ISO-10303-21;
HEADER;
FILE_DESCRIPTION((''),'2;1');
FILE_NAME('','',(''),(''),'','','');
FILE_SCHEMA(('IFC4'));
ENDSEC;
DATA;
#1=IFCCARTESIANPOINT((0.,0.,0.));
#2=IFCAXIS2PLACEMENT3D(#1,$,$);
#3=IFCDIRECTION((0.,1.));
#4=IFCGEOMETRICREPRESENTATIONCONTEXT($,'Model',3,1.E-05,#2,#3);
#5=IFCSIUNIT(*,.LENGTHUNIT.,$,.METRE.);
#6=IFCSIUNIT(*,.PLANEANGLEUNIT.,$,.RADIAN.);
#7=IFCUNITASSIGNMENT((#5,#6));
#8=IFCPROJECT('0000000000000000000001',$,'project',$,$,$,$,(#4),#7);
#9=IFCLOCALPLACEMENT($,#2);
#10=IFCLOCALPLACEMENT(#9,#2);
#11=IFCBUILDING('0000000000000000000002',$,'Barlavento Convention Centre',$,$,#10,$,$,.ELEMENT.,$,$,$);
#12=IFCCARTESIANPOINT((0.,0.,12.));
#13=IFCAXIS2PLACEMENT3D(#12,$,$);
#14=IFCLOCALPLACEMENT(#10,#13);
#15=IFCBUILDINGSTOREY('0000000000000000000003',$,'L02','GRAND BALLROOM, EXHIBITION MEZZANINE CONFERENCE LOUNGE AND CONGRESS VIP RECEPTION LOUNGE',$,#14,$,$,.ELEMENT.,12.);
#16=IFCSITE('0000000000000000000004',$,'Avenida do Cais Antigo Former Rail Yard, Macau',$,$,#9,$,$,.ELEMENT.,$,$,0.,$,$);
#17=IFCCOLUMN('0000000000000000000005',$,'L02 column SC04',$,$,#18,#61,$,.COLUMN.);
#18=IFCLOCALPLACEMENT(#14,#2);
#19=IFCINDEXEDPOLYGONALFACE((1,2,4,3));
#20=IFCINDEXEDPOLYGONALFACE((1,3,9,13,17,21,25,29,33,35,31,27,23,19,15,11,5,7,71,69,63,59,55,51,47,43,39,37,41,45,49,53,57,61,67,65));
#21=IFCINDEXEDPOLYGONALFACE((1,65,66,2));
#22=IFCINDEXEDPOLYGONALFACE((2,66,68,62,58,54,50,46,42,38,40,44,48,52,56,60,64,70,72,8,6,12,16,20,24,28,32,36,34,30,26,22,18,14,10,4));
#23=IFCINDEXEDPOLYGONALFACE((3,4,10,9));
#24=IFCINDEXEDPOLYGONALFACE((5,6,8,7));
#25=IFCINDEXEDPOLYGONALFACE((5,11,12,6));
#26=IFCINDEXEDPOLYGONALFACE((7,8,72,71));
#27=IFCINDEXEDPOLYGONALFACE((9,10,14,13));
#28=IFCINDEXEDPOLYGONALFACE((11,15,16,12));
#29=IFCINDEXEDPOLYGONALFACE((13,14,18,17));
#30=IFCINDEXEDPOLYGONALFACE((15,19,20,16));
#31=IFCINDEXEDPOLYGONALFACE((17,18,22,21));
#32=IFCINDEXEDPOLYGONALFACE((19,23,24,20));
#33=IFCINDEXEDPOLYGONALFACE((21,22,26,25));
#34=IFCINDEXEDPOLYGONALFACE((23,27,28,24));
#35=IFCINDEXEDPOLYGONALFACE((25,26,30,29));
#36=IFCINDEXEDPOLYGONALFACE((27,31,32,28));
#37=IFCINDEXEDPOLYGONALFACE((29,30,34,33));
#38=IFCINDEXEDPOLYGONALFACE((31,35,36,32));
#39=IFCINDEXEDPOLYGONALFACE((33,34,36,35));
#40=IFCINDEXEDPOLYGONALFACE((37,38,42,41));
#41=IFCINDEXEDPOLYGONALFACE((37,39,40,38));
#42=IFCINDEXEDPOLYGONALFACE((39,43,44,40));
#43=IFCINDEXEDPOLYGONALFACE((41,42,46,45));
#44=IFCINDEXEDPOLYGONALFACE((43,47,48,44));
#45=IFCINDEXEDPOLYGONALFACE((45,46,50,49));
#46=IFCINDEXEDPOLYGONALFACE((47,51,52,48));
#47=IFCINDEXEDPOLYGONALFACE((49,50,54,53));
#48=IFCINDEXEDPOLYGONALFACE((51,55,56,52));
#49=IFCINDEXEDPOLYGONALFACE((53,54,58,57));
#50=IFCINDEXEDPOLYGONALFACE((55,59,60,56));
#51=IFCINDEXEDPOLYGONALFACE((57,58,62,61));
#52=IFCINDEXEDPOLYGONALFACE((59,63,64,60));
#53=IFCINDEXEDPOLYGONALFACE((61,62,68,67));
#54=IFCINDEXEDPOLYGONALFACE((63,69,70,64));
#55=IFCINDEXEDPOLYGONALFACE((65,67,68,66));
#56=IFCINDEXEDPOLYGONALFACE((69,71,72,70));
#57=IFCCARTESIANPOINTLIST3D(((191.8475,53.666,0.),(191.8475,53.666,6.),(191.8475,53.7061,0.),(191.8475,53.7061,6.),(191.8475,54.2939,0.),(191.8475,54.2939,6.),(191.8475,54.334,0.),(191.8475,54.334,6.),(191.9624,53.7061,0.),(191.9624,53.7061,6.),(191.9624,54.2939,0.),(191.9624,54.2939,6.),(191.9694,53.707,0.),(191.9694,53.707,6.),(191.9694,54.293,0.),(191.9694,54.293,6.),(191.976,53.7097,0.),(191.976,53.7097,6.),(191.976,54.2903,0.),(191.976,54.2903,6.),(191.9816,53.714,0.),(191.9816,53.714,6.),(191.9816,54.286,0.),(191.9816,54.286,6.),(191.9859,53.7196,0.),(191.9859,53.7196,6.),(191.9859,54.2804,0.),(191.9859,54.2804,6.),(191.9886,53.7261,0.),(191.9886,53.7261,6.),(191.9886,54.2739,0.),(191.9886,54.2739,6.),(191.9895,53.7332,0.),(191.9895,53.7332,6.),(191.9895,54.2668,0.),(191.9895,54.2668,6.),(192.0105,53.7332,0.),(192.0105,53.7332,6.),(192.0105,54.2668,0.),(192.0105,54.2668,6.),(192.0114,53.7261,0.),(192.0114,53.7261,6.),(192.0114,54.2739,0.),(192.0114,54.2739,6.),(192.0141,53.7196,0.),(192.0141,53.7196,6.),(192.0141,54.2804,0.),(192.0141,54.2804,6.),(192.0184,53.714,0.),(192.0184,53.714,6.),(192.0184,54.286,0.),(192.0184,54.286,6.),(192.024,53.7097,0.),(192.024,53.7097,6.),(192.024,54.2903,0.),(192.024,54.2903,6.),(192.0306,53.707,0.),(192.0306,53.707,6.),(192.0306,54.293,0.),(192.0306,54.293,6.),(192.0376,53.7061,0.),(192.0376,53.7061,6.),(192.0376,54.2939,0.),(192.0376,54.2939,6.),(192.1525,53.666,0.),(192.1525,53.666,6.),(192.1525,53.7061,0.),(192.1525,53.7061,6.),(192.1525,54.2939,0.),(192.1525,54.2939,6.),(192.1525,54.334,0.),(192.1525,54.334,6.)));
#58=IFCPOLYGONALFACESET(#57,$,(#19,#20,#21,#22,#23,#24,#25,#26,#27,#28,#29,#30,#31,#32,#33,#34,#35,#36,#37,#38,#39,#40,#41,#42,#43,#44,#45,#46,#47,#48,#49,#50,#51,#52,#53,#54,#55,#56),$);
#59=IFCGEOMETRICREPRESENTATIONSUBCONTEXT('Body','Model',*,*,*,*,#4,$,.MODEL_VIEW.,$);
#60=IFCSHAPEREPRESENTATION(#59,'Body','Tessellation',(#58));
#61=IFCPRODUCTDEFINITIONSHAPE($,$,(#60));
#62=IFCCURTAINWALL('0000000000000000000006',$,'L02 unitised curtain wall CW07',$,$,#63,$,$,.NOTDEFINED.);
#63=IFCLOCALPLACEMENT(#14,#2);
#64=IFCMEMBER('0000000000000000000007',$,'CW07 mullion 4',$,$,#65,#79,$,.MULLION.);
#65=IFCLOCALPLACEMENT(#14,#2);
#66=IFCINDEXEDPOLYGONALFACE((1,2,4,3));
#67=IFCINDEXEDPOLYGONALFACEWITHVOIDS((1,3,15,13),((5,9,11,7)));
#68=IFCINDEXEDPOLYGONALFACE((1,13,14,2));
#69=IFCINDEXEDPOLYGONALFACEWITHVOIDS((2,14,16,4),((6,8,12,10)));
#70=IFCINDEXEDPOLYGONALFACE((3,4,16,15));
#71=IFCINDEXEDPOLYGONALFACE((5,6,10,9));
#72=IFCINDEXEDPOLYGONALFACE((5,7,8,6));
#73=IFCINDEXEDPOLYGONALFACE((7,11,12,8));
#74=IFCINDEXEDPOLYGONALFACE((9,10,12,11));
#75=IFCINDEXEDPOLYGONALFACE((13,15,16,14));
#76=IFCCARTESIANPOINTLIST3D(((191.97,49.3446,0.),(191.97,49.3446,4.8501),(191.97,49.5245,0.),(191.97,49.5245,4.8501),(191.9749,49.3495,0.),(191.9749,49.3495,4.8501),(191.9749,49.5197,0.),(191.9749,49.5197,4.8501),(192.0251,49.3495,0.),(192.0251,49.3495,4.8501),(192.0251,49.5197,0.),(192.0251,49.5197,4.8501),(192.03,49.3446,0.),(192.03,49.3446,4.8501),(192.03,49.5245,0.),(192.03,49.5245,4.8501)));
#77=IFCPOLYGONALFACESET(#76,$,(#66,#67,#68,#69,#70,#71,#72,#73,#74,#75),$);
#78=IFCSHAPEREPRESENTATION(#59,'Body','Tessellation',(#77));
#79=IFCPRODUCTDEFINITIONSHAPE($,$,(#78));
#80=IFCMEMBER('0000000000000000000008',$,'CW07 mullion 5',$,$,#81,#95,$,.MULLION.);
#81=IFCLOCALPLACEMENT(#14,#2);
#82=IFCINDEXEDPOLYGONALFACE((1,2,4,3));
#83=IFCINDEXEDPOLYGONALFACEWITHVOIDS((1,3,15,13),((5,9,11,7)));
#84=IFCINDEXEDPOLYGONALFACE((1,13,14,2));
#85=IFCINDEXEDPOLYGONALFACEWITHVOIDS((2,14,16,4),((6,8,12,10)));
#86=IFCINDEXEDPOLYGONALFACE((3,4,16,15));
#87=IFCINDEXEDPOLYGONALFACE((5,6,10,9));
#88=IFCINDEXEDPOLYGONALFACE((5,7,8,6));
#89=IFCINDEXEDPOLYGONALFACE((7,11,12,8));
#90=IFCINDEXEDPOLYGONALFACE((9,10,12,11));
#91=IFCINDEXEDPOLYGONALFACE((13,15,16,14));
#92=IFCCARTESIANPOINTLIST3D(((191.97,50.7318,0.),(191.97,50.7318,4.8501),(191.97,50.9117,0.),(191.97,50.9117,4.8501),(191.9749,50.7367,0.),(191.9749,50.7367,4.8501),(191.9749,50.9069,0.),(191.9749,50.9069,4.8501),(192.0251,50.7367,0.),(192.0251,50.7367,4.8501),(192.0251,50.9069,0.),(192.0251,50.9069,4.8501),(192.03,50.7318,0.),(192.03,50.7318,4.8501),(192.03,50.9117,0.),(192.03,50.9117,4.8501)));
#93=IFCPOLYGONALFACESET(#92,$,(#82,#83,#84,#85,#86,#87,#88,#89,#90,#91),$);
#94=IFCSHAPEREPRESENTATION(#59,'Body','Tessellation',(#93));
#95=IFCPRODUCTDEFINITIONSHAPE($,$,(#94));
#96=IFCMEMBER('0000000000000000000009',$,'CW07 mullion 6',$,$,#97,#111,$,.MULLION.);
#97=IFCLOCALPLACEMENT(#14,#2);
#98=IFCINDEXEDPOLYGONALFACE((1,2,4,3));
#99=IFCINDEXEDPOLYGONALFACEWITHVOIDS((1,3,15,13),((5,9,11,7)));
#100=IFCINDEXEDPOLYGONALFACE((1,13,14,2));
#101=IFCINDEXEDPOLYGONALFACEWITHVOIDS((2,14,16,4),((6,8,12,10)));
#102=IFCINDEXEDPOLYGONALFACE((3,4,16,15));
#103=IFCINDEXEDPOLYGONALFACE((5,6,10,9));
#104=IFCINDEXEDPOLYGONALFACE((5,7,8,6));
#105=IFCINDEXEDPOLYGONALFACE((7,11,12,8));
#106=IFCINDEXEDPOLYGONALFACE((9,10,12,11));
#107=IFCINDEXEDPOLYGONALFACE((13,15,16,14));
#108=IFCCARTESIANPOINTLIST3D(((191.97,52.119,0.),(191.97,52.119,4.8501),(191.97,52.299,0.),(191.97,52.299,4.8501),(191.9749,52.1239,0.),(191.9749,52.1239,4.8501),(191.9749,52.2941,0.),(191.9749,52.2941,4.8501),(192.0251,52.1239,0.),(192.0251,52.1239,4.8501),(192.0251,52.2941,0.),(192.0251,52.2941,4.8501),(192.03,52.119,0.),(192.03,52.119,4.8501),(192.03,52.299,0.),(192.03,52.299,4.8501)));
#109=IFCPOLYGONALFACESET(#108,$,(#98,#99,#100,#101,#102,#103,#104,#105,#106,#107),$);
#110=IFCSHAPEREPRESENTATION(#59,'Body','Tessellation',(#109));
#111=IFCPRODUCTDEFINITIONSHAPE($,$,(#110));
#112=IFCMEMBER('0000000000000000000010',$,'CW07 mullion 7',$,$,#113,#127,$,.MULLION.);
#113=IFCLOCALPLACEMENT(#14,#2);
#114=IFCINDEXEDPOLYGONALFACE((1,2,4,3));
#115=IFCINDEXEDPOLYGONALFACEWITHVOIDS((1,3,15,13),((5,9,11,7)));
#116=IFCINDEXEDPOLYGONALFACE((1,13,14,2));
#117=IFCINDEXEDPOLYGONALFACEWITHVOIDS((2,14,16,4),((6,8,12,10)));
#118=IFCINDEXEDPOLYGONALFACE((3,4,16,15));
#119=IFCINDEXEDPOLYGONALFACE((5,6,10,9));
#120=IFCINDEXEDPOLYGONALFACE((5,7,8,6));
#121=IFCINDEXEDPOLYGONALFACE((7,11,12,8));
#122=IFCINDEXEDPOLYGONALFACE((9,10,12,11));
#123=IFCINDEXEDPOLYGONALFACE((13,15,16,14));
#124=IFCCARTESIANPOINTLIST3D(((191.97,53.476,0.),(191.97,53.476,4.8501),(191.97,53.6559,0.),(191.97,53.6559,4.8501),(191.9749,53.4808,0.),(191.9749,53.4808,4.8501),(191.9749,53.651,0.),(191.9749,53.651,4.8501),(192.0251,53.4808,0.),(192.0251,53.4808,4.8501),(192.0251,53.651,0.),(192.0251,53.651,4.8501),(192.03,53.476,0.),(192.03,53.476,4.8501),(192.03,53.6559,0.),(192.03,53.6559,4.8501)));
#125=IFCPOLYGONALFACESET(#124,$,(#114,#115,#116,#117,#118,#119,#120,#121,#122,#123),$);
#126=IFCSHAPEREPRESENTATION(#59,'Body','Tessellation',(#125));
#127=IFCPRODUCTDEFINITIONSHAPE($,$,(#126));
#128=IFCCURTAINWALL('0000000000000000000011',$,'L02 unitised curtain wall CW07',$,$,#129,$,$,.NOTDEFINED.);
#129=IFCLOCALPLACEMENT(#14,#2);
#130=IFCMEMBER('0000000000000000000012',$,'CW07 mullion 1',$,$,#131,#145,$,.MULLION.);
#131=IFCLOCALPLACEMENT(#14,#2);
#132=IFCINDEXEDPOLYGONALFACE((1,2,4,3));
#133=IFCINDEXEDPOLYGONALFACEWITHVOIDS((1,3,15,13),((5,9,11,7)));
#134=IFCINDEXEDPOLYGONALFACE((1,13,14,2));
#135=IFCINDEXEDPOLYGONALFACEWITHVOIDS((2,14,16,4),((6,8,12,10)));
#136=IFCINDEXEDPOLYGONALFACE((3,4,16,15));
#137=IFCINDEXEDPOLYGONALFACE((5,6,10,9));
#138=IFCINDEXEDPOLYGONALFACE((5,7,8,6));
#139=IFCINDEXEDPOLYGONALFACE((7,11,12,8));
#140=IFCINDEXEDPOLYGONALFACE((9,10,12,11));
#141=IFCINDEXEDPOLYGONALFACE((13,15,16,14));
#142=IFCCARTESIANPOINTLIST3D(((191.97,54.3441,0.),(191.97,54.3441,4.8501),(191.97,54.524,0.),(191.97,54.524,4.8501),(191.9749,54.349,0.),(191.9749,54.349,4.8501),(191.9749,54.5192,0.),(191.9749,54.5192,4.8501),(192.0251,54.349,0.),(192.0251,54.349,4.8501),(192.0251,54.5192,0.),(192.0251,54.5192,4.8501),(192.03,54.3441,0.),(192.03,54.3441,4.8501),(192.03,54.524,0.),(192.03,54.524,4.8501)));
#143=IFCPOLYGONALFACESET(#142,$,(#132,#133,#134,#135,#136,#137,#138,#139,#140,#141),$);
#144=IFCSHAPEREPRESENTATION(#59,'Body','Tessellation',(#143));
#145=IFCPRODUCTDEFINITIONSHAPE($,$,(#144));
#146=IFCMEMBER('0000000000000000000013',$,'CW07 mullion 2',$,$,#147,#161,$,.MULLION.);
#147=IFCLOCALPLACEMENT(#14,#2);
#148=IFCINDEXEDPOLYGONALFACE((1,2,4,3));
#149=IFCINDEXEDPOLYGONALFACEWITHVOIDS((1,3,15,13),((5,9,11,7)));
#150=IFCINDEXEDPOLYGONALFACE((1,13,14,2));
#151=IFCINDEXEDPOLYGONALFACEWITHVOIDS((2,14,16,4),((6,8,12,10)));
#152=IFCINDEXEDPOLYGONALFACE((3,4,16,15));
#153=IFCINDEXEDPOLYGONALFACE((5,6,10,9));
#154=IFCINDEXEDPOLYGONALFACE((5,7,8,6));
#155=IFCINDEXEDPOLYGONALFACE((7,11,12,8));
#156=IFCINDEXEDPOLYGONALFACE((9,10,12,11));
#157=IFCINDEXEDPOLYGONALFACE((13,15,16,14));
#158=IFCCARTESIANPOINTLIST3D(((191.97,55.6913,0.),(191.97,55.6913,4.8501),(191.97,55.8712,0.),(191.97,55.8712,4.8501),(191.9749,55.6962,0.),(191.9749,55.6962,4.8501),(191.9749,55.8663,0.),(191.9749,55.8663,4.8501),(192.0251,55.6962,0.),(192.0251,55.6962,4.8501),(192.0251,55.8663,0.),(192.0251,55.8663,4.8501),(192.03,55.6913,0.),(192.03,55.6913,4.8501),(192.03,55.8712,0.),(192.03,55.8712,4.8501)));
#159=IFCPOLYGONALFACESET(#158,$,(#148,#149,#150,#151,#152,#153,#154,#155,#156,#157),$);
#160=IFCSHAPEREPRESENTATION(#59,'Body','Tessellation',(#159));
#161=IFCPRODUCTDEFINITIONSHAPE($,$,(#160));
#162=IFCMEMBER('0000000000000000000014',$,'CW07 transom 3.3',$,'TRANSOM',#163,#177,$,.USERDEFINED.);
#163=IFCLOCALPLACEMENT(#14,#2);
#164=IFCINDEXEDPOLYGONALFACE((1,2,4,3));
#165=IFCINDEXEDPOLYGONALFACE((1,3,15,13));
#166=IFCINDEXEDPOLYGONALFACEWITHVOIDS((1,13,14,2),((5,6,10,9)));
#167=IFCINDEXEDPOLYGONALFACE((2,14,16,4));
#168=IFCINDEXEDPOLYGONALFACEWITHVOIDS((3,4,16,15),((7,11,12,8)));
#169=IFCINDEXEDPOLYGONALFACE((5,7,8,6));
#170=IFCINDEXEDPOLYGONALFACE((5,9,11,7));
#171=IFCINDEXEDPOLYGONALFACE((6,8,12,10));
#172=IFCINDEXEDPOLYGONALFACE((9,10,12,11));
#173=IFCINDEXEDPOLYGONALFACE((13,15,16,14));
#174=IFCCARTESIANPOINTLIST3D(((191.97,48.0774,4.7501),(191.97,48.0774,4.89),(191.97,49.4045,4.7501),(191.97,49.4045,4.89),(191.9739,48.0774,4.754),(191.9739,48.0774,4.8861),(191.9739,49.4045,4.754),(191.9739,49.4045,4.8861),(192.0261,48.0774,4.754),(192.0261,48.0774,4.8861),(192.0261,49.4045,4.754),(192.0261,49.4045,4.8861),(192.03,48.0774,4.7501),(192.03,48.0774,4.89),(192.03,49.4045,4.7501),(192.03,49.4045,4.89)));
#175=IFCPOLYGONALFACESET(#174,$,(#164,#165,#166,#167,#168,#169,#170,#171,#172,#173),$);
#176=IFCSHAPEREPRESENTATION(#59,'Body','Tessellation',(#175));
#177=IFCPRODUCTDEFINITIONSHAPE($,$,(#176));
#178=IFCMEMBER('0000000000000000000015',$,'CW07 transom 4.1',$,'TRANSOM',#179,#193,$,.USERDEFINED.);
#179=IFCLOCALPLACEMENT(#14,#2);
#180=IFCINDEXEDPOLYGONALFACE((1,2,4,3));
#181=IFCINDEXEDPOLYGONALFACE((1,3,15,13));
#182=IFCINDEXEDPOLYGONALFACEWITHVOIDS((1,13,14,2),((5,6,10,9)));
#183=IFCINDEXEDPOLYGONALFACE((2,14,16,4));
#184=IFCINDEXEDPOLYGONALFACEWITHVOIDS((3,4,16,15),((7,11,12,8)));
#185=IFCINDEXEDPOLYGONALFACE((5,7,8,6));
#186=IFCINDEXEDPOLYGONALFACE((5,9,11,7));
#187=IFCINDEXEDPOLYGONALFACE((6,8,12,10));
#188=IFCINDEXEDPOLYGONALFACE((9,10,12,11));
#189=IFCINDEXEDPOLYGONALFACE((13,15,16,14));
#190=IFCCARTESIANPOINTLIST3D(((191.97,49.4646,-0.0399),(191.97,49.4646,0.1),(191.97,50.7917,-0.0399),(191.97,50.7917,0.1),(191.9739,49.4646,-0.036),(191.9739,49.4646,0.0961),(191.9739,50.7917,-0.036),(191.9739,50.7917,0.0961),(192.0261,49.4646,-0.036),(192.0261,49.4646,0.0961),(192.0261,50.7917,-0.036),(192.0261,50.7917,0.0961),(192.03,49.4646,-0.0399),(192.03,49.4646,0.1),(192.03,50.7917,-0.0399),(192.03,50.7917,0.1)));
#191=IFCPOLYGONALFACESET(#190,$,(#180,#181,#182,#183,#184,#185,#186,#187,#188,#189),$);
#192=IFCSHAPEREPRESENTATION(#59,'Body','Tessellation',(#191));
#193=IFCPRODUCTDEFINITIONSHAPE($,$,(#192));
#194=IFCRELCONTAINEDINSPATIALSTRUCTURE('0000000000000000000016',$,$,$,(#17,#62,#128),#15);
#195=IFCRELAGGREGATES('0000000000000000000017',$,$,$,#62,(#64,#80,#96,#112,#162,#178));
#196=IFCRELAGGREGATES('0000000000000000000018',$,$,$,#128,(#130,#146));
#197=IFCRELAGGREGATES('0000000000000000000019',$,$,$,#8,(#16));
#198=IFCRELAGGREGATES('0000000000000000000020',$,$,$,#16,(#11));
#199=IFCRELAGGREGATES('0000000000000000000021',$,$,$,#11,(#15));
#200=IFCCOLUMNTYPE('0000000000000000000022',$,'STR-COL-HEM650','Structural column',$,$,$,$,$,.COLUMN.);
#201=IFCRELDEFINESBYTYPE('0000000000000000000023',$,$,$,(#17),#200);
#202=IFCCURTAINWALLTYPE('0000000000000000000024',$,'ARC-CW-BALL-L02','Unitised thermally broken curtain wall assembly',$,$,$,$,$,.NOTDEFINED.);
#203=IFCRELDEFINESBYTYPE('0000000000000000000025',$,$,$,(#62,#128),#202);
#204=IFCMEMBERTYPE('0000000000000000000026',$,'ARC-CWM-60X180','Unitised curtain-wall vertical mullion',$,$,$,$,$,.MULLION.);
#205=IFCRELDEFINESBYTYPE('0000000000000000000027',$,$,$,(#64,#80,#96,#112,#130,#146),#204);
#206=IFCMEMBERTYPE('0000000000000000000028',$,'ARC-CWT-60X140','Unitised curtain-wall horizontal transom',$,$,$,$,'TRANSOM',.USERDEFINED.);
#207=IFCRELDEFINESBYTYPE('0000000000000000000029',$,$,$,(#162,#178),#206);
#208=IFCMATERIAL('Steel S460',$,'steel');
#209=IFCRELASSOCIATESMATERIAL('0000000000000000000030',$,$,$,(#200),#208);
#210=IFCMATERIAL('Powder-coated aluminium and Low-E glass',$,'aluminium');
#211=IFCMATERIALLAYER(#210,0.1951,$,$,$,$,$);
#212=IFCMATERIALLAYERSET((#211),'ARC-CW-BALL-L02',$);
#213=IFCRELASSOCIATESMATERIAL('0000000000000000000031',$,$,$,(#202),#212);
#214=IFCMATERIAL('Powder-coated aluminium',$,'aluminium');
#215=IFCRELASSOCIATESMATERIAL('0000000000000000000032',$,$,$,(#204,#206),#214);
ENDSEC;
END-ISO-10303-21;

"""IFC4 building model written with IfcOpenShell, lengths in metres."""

from ifc_helpers import new_model, si_unit, direction, frame, origin, origin_2d, place, context, subcontext, project, spatial, hollow_rectangle, i_section, extrude, material, layer, layer_set, material_profile, profile_set, type_object, element, aggregate, save


model = new_model("IFC4")

# Units and contexts
model_context = context("Model", 3, precision=1e-05, world=origin(), true_north=direction((0.0, 1.0)))
body_context = subcontext(model_context, "Body", "Model", "MODEL_VIEW")
ifc_project = project(units=[si_unit("LENGTHUNIT", "METRE"), si_unit("PLANEANGLEUNIT", "RADIAN")], contexts=[model_context])

# Site, building, storey
site_placement = place(None, origin())
site = spatial("IfcSite", under=ifc_project, at=site_placement, Name="Avenida do Cais Antigo Former Rail Yard, Macau", CompositionType="ELEMENT", RefElevation=0.0)
building_placement = place(site_placement, origin())
building = spatial("IfcBuilding", under=site, at=building_placement, Name="Barlavento Convention Centre", CompositionType="ELEMENT")
storey_placement = place(building_placement, frame((0.0, 0.0, 12.0)))
storey = spatial("IfcBuildingStorey", under=building, at=storey_placement, Name="L02", Description="GRAND BALLROOM, EXHIBITION MEZZANINE CONFERENCE LOUNGE AND CONGRESS VIP RECEPTION LOUNGE", CompositionType="ELEMENT", Elevation=12.0)

# Column
ifc_material_1 = material(Name="Steel S460", Category="steel")
ifc_material_profile_1 = material_profile(ifc_material_1, i_section(OverallWidth=0.3049, OverallDepth=0.668, WebThickness=0.021, FlangeThickness=0.04, FilletRadius=0.0271, at=origin_2d()), Name="HEM 650")
ifc_profile_set_1 = profile_set([ifc_material_profile_1], Name="Steel S460")
column_type = type_object("IfcColumnType", Name="STR-COL-HEM650", Description="Structural column", PredefinedType="COLUMN", material=ifc_profile_set_1)
column_placement = place(storey_placement, frame((192.0, 54.0, 0.0), z_axis=(0.0, 0.0, 1.0), x_axis=(1.0, 0.0, 0.0)))
element("IfcColumn", 1, at=column_placement, inside=storey, type_object=column_type, Name="L02 column SC04", PredefinedType="COLUMN", context=body_context, shape_type="SweptSolid", body=[
    extrude(i_section(OverallWidth=0.3049, OverallDepth=0.668, WebThickness=0.021, FlangeThickness=0.04, FilletRadius=0.0271, at=origin_2d()), origin(), (0.0, 0.0, 1.0), 6.0),
])

# Curtain walls, members
ifc_material_2 = material(Name="Powder-coated aluminium and Low-E glass", Category="aluminium")
ifc_layer_1 = layer(ifc_material_2, 0.1951)
ifc_layer_set_1 = layer_set([ifc_layer_1], Name="ARC-CW-BALL-L02")
curtain_wall_type = type_object("IfcCurtainWallType", Name="ARC-CW-BALL-L02", Description="Unitised thermally broken curtain wall assembly", PredefinedType="NOTDEFINED", material=ifc_layer_set_1)
curtain_wall_1_placement = place(storey_placement, origin())
curtain_wall_1 = element("IfcCurtainWall", 2, at=curtain_wall_1_placement, inside=storey, type_object=curtain_wall_type, Name="L02 unitised curtain wall CW07", PredefinedType="NOTDEFINED")
ifc_material_3 = material(Name="Powder-coated aluminium", Category="aluminium")
ifc_material_profile_2 = material_profile(ifc_material_3, hollow_rectangle(XDim=0.0601, YDim=0.1799, WallThickness=0.0049, at=origin_2d()), Name="AL-MULL 60x180x5")
ifc_profile_set_2 = profile_set([ifc_material_profile_2], Name="Powder-coated aluminium")
member_type_1 = type_object("IfcMemberType", Name="ARC-CWM-60X180", Description="Unitised curtain-wall vertical mullion", PredefinedType="MULLION", material=ifc_profile_set_2)
member_1_placement = place(storey_placement, frame((192.0, 49.4346, 0.0), z_axis=(0.0, 0.0, 1.0), x_axis=(-1.0, 0.0, 0.0)))
member_1 = element("IfcMember", 3, at=member_1_placement, type_object=member_type_1, Name="CW07 mullion 4", PredefinedType="MULLION", context=body_context, shape_type="SweptSolid", body=[
    extrude(hollow_rectangle(XDim=0.0601, YDim=0.1799, WallThickness=0.0049, at=origin_2d()), origin(), (0.0, 0.0, 1.0), 4.8501),
])
member_2_placement = place(storey_placement, frame((192.0, 50.8218, 0.0), z_axis=(0.0, 0.0, 1.0), x_axis=(-1.0, 0.0, 0.0)))
member_2 = element("IfcMember", 4, at=member_2_placement, type_object=member_type_1, Name="CW07 mullion 5", PredefinedType="MULLION", context=body_context, shape_type="SweptSolid", body=[
    extrude(hollow_rectangle(XDim=0.0601, YDim=0.1799, WallThickness=0.0049, at=origin_2d()), origin(), (0.0, 0.0, 1.0), 4.8501),
])
member_3_placement = place(storey_placement, frame((192.0, 52.209, 0.0), z_axis=(0.0, 0.0, 1.0), x_axis=(-1.0, 0.0, 0.0)))
member_3 = element("IfcMember", 5, at=member_3_placement, type_object=member_type_1, Name="CW07 mullion 6", PredefinedType="MULLION", context=body_context, shape_type="SweptSolid", body=[
    extrude(hollow_rectangle(XDim=0.0601, YDim=0.1799, WallThickness=0.0049, at=origin_2d()), origin(), (0.0, 0.0, 1.0), 4.8501),
])
member_4_placement = place(storey_placement, frame((192.0, 53.5659, 0.0), z_axis=(0.0, 0.0, 1.0), x_axis=(-1.0, 0.0, 0.0)))
member_4 = element("IfcMember", 6, at=member_4_placement, type_object=member_type_1, Name="CW07 mullion 7", PredefinedType="MULLION", context=body_context, shape_type="SweptSolid", body=[
    extrude(hollow_rectangle(XDim=0.0601, YDim=0.1799, WallThickness=0.0049, at=origin_2d()), origin(), (0.0, 0.0, 1.0), 4.8501),
])
curtain_wall_2_placement = place(storey_placement, origin())
curtain_wall_2 = element("IfcCurtainWall", 7, at=curtain_wall_2_placement, inside=storey, type_object=curtain_wall_type, Name="L02 unitised curtain wall CW07", PredefinedType="NOTDEFINED")
member_5_placement = place(storey_placement, frame((192.0, 54.4341, 0.0), z_axis=(0.0, 0.0, 1.0), x_axis=(-1.0, 0.0, 0.0)))
member_5 = element("IfcMember", 8, at=member_5_placement, type_object=member_type_1, Name="CW07 mullion 1", PredefinedType="MULLION", context=body_context, shape_type="SweptSolid", body=[
    extrude(hollow_rectangle(XDim=0.0601, YDim=0.1799, WallThickness=0.0049, at=origin_2d()), origin(), (0.0, 0.0, 1.0), 4.8501),
])
member_6_placement = place(storey_placement, frame((192.0, 55.7812, 0.0), z_axis=(0.0, 0.0, 1.0), x_axis=(-1.0, 0.0, 0.0)))
member_6 = element("IfcMember", 9, at=member_6_placement, type_object=member_type_1, Name="CW07 mullion 2", PredefinedType="MULLION", context=body_context, shape_type="SweptSolid", body=[
    extrude(hollow_rectangle(XDim=0.0601, YDim=0.1799, WallThickness=0.0049, at=origin_2d()), origin(), (0.0, 0.0, 1.0), 4.8501),
])

# Members
ifc_material_profile_3 = material_profile(ifc_material_3, hollow_rectangle(XDim=0.0601, YDim=0.1399, WallThickness=0.0039, at=origin_2d()), Name="AL-TRAN 60x140x4")
ifc_profile_set_3 = profile_set([ifc_material_profile_3], Name="Powder-coated aluminium")
member_type_2 = type_object("IfcMemberType", Name="ARC-CWT-60X140", Description="Unitised curtain-wall horizontal transom", ElementType="TRANSOM", PredefinedType="USERDEFINED", material=ifc_profile_set_3)
member_7_placement = place(storey_placement, frame((192.0, 48.0774, 4.8201), z_axis=(0.0, 1.0, 0.0), x_axis=(-1.0, 0.0, 0.0)))
member_7 = element("IfcMember", 10, at=member_7_placement, type_object=member_type_2, Name="CW07 transom 3.3", ObjectType="TRANSOM", PredefinedType="USERDEFINED", context=body_context, shape_type="SweptSolid", body=[
    extrude(hollow_rectangle(XDim=0.0601, YDim=0.1399, WallThickness=0.0039, at=origin_2d()), origin(), (0.0, 0.0, 1.0), 1.3271),
])
member_8_placement = place(storey_placement, frame((192.0, 49.4646, 0.03), z_axis=(0.0, 1.0, 0.0), x_axis=(-1.0, 0.0, 0.0)))
member_8 = element("IfcMember", 11, at=member_8_placement, type_object=member_type_2, Name="CW07 transom 4.1", ObjectType="TRANSOM", PredefinedType="USERDEFINED", context=body_context, shape_type="SweptSolid", body=[
    extrude(hollow_rectangle(XDim=0.0601, YDim=0.1399, WallThickness=0.0039, at=origin_2d()), origin(), (0.0, 0.0, 1.0), 1.3271),
])

aggregate(curtain_wall_1, [member_1, member_2, member_3, member_4, member_7, member_8])
aggregate(curtain_wall_2, [member_5, member_6])

save(model, "model.ifc")
